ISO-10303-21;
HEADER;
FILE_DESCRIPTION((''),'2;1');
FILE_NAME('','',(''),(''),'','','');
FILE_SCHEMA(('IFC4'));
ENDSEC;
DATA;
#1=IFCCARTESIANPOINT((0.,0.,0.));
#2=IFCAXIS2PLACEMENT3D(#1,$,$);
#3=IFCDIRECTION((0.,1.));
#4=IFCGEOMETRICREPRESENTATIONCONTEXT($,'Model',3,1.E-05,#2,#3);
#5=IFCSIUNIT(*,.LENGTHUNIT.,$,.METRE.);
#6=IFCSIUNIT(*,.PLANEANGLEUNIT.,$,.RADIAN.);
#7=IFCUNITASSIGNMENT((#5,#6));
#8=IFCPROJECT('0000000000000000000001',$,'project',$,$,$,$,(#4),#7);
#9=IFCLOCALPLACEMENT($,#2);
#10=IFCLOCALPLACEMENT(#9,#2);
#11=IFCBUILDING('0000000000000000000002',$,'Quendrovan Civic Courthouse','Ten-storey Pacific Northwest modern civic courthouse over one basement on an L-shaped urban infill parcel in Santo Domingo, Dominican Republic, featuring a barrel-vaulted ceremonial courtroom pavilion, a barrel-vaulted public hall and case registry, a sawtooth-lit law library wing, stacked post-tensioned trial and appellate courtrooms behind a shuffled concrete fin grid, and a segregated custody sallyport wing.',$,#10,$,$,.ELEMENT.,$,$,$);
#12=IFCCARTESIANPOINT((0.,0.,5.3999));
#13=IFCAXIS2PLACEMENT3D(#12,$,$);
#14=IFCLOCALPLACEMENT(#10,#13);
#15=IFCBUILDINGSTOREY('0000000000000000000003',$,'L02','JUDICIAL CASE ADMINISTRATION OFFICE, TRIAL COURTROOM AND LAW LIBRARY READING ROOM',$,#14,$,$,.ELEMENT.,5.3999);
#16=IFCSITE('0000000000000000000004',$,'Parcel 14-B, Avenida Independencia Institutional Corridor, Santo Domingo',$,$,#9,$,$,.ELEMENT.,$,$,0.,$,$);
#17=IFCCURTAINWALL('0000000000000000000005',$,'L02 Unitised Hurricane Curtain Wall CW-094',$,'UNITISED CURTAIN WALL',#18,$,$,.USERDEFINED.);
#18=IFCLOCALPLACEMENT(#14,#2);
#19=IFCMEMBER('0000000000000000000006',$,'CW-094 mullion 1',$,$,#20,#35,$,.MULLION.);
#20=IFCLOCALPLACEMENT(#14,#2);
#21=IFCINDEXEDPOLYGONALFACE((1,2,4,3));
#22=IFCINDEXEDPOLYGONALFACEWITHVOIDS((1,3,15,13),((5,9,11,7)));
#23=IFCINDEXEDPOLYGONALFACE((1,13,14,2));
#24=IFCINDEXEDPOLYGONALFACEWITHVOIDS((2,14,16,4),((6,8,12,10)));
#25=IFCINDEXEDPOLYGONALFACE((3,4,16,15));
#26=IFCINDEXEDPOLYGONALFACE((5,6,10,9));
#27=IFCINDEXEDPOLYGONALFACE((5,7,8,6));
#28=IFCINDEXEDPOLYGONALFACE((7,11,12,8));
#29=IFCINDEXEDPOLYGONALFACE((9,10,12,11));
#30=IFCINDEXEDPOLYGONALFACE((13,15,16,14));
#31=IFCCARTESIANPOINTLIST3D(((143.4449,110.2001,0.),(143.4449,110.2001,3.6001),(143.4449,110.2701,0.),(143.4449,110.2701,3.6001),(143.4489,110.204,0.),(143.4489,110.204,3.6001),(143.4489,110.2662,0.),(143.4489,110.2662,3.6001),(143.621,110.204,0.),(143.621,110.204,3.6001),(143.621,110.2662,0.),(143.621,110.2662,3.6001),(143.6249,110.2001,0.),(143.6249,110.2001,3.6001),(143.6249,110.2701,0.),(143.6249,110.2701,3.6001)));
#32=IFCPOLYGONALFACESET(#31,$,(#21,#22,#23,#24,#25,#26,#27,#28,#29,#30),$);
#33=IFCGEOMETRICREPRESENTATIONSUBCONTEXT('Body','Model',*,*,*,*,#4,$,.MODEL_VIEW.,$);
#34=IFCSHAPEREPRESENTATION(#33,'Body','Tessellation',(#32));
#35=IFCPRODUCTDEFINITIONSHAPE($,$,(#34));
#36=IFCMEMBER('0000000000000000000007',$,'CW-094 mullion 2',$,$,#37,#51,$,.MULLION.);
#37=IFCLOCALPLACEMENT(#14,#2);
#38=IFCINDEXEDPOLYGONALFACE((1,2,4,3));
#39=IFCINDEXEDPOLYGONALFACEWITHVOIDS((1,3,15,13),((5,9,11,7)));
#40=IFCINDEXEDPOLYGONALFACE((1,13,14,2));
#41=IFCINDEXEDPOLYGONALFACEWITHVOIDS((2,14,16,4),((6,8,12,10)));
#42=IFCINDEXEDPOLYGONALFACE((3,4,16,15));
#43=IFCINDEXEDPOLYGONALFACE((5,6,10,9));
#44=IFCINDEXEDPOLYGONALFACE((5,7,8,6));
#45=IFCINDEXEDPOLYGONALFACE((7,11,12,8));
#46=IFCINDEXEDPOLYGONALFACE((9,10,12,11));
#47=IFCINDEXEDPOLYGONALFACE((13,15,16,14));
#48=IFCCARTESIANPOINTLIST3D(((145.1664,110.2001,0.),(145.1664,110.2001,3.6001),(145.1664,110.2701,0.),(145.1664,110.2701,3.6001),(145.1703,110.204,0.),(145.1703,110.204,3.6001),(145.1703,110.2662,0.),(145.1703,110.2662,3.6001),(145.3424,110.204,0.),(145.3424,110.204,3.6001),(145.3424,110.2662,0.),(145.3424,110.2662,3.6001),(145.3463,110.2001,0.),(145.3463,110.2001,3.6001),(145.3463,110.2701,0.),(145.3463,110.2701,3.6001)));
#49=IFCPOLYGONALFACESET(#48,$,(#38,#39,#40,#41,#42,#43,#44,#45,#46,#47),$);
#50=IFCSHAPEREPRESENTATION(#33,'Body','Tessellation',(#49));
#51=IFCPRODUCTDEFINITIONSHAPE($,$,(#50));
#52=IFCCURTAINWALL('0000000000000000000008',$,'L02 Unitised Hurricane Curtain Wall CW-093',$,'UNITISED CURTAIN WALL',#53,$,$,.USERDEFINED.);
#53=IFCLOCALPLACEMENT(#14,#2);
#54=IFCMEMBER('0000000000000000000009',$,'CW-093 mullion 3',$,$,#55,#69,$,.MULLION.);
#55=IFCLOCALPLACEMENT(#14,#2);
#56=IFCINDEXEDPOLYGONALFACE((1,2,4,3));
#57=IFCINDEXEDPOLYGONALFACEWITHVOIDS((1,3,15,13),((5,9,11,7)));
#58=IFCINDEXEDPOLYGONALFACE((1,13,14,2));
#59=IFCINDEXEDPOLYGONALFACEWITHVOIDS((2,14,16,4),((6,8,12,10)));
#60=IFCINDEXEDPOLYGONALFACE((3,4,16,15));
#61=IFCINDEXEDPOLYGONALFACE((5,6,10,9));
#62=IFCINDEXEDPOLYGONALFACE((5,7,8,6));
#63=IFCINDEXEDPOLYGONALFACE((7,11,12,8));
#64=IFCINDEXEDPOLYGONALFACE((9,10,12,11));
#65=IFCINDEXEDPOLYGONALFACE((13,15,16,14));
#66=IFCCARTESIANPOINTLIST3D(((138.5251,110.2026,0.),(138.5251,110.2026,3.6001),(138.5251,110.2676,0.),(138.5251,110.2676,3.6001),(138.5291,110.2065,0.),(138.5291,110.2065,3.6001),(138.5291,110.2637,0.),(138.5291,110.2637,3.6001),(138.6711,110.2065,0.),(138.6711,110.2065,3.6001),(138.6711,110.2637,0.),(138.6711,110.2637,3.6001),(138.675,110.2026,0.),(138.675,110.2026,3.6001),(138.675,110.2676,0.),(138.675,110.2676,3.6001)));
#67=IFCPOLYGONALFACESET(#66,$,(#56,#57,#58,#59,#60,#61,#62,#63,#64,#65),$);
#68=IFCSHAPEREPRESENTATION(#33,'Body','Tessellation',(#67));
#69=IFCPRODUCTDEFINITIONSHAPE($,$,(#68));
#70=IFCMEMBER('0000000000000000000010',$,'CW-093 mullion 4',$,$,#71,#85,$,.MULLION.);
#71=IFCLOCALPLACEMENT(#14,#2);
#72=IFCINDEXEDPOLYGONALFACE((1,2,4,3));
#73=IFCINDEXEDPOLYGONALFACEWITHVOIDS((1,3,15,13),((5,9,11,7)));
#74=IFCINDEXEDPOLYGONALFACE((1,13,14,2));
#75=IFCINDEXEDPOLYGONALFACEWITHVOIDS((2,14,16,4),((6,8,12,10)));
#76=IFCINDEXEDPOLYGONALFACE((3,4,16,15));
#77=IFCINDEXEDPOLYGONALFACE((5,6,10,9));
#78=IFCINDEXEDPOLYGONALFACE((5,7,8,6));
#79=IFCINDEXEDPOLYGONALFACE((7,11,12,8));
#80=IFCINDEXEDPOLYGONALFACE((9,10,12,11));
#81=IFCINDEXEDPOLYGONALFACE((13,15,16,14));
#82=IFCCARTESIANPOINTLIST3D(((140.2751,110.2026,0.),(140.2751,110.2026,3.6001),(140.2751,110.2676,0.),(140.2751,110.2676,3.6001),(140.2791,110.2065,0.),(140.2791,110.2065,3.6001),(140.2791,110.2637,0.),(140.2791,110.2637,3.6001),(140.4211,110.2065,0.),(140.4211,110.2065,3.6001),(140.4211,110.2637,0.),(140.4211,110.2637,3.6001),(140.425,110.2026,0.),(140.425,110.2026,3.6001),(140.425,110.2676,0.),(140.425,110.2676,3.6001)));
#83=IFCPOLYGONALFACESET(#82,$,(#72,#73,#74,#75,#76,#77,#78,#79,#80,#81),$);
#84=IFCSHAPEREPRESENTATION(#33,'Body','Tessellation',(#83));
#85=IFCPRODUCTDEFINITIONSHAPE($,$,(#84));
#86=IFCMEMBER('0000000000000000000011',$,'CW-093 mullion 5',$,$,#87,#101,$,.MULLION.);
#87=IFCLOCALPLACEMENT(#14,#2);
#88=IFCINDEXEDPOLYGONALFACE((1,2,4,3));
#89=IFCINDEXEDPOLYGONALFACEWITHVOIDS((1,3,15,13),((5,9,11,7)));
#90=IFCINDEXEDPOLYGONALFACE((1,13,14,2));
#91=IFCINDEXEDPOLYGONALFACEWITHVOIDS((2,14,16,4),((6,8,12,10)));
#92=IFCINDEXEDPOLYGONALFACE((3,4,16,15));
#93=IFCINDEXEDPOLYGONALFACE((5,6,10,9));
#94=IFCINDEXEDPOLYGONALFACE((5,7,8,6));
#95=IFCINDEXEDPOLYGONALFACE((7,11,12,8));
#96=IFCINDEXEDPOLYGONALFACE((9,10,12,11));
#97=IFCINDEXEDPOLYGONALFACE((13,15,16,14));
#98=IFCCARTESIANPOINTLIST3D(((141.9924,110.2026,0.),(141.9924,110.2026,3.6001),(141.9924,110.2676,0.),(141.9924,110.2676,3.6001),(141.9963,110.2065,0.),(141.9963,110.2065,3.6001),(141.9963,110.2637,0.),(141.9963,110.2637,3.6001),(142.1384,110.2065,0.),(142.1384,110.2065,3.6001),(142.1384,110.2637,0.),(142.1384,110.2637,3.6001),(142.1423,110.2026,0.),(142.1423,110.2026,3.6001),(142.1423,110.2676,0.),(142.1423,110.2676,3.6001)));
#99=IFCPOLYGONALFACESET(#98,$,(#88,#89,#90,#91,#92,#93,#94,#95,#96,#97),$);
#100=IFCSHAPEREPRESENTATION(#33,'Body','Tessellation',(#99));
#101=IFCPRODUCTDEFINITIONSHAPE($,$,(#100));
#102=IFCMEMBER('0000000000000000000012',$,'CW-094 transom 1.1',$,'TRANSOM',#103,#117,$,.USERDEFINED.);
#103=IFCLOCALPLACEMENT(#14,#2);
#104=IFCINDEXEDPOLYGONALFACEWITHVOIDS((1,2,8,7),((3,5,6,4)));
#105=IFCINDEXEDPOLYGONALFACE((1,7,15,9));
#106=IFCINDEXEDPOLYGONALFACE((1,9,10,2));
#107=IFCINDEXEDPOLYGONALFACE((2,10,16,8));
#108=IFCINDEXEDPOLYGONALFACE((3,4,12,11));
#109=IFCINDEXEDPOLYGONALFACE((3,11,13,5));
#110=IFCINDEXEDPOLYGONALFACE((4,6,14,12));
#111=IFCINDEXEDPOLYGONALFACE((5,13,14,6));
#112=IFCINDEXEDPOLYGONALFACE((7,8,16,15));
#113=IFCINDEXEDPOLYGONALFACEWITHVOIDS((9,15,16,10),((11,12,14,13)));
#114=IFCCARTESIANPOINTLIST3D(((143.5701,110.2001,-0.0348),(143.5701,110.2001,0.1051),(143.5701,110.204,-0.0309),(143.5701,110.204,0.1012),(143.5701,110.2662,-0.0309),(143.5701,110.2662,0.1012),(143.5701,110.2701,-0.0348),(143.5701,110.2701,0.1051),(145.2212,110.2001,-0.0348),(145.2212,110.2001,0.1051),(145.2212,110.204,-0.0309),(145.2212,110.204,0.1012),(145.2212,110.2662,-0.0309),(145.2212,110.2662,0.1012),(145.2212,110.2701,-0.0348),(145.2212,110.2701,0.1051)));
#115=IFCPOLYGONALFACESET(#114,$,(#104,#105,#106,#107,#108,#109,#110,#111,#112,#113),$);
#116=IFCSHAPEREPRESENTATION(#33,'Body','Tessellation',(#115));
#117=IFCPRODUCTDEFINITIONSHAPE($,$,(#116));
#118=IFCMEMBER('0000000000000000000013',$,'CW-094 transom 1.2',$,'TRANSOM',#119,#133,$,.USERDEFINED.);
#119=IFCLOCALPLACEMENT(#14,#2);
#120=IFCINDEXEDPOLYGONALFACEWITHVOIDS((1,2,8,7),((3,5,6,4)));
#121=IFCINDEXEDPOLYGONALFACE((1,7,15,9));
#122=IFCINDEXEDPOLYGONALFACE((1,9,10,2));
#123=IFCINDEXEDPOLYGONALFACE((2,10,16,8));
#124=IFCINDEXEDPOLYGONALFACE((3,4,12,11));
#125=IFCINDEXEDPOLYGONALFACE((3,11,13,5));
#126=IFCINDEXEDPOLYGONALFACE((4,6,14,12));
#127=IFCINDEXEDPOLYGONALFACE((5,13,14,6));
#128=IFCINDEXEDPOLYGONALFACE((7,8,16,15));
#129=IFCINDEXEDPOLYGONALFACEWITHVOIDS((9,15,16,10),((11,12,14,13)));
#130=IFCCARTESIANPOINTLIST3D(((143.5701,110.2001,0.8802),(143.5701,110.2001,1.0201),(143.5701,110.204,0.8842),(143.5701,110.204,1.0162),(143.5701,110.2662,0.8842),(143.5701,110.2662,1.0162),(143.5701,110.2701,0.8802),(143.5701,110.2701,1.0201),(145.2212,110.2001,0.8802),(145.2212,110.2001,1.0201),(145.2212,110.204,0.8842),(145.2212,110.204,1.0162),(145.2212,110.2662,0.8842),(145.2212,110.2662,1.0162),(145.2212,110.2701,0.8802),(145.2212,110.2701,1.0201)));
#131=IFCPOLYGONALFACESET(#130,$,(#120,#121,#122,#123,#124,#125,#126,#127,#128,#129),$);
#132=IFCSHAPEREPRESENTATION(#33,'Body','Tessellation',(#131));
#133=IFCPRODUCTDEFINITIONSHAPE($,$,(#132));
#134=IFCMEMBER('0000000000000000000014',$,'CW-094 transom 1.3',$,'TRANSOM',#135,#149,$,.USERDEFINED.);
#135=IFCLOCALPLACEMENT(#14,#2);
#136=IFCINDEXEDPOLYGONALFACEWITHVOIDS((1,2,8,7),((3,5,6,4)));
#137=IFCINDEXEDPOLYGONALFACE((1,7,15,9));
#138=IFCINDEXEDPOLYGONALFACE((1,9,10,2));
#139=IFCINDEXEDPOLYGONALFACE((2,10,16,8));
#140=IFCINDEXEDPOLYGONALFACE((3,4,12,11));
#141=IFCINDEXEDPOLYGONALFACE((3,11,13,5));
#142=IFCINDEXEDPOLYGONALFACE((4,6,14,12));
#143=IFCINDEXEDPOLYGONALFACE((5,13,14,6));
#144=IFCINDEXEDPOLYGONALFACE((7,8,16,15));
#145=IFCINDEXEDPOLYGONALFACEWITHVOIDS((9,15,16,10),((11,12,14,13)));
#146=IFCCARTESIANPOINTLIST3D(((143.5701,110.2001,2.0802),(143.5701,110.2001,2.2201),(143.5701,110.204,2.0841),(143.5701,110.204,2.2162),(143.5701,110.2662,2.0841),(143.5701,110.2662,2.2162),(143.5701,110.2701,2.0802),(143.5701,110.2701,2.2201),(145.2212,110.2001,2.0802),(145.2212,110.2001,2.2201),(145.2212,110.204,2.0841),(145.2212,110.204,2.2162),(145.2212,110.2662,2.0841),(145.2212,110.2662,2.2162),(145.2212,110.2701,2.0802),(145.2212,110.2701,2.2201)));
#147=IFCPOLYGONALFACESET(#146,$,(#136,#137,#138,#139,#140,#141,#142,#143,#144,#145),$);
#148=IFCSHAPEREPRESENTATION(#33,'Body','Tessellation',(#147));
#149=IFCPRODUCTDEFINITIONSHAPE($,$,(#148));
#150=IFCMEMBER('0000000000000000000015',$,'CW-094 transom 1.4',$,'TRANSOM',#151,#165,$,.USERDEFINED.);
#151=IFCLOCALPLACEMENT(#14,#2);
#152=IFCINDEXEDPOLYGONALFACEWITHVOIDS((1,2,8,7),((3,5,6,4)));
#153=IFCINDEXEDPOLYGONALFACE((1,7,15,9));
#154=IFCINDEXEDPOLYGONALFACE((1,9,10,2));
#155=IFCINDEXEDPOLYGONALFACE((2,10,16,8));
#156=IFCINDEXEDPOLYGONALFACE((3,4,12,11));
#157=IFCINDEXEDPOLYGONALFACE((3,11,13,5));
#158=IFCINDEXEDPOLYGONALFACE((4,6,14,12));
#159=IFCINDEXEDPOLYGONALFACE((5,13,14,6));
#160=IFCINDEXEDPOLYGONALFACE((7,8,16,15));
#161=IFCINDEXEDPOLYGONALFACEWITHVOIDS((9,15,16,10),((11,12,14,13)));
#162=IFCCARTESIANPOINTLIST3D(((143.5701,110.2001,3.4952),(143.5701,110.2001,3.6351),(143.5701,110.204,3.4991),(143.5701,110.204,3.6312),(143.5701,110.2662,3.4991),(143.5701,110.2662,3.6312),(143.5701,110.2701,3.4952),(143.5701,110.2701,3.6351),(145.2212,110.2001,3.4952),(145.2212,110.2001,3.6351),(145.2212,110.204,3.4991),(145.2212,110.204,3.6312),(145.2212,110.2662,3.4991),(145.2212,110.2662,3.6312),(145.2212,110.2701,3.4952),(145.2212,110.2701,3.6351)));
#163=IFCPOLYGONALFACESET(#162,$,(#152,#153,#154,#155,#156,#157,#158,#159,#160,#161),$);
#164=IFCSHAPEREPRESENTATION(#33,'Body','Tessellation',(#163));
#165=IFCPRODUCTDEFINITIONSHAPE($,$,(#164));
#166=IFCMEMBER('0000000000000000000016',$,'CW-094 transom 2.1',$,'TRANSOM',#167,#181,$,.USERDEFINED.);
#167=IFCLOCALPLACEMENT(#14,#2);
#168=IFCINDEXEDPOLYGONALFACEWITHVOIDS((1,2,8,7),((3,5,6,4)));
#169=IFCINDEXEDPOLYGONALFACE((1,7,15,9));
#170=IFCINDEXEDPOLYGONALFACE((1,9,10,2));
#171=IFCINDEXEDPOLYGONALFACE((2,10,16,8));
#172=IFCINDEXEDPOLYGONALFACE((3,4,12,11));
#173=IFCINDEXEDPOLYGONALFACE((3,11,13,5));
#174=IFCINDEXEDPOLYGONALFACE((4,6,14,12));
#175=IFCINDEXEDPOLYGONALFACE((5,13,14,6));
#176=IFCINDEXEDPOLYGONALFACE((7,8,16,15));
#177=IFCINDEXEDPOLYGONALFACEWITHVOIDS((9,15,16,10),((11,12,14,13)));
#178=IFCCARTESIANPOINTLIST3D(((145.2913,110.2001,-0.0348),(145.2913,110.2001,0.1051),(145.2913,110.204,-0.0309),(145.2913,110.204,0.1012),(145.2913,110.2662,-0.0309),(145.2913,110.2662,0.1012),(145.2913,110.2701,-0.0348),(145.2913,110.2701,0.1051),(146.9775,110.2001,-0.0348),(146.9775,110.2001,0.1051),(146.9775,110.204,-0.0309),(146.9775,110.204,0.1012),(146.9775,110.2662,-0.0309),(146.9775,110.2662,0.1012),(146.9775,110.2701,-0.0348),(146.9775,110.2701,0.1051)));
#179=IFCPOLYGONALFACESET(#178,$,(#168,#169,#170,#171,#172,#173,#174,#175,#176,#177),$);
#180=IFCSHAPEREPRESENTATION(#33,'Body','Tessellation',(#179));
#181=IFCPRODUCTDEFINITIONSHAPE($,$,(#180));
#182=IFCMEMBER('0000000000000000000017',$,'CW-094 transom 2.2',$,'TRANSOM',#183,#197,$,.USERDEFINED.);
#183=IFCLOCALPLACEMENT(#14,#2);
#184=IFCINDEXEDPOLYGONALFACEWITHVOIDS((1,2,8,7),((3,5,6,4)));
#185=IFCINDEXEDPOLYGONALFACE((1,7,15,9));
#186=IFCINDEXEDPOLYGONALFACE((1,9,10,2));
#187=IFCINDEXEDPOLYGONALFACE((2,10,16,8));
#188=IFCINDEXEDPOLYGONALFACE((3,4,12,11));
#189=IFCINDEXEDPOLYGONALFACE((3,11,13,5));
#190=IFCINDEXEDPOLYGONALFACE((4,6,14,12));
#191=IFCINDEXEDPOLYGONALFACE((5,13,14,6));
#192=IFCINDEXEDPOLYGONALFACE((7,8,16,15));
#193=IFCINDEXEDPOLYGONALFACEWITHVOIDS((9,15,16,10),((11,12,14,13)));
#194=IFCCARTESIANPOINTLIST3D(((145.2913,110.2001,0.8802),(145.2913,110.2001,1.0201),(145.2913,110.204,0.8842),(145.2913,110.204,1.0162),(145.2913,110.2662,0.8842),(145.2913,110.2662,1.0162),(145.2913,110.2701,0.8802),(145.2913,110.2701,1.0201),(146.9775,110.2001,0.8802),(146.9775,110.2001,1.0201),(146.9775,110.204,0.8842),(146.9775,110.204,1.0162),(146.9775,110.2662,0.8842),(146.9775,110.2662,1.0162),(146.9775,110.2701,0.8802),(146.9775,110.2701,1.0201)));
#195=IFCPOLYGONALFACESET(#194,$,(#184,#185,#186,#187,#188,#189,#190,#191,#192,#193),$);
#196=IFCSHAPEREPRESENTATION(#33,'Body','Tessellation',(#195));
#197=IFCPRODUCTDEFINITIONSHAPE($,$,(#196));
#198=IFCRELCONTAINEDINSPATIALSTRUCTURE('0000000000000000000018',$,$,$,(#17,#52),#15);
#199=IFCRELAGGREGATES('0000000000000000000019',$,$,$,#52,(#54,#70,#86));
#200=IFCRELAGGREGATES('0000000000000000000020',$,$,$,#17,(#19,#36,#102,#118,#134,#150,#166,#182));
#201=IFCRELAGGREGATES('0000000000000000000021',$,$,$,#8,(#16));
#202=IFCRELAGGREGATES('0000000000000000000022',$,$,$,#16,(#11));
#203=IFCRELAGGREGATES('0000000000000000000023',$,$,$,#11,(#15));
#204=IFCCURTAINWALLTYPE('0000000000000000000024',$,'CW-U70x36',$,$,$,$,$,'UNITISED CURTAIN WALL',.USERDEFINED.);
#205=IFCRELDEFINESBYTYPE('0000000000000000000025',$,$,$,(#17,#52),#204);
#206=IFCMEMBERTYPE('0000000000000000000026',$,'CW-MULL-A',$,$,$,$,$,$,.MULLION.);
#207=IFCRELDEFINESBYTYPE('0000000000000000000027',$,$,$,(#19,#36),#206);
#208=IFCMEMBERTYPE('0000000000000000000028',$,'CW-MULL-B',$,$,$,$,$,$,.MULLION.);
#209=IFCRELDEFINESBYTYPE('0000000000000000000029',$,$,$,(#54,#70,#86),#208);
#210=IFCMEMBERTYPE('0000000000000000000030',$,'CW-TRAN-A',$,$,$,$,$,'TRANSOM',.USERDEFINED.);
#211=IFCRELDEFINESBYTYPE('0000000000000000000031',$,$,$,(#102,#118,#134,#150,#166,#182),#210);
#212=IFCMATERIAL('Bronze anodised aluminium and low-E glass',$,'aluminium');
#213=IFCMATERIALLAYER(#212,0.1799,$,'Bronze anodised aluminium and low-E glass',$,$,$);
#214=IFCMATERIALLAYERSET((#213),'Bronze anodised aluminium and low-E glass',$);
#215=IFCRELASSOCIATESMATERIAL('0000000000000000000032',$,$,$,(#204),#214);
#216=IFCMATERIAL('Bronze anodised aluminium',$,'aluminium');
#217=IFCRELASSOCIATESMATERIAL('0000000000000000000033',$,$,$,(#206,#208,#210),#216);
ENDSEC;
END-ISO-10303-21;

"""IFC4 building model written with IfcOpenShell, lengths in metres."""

from ifc_helpers import new_model, si_unit, direction, frame, origin, origin_2d, place, context, subcontext, project, spatial, hollow_rectangle, extrude, material, layer, layer_set, material_profile, profile_set, type_object, element, aggregate, save


model = new_model("IFC4")

# Units and contexts
model_context = context("Model", 3, precision=1e-05, world=origin(), true_north=direction((0.0, 1.0)))
body_context = subcontext(model_context, "Body", "Model", "MODEL_VIEW")
ifc_project = project(units=[si_unit("LENGTHUNIT", "METRE"), si_unit("PLANEANGLEUNIT", "RADIAN")], contexts=[model_context])

# Site, building, storey
site_placement = place(None, origin())
site = spatial("IfcSite", under=ifc_project, at=site_placement, Name="Parcel 14-B, Avenida Independencia Institutional Corridor, Santo Domingo", CompositionType="ELEMENT", RefElevation=0.0)
building_placement = place(site_placement, origin())
building = spatial("IfcBuilding", under=site, at=building_placement, Name="Quendrovan Civic Courthouse", Description="Ten-storey Pacific Northwest modern civic courthouse over one basement on an L-shaped urban infill parcel in Santo Domingo, Dominican Republic, featuring a barrel-vaulted ceremonial courtroom pavilion, a barrel-vaulted public hall and case registry, a sawtooth-lit law library wing, stacked post-tensioned trial and appellate courtrooms behind a shuffled concrete fin grid, and a segregated custody sallyport wing.", CompositionType="ELEMENT")
storey_placement = place(building_placement, frame((0.0, 0.0, 5.3999)))
storey = spatial("IfcBuildingStorey", under=building, at=storey_placement, Name="L02", Description="JUDICIAL CASE ADMINISTRATION OFFICE, TRIAL COURTROOM AND LAW LIBRARY READING ROOM", CompositionType="ELEMENT", Elevation=5.3999)

# Curtain walls, members
ifc_material_1 = material(Name="Bronze anodised aluminium and low-E glass", Category="aluminium")
ifc_layer_1 = layer(ifc_material_1, 0.1799, Name="Bronze anodised aluminium and low-E glass")
ifc_layer_set_1 = layer_set([ifc_layer_1], Name="Bronze anodised aluminium and low-E glass")
curtain_wall_type = type_object("IfcCurtainWallType", Name="CW-U70x36", ElementType="UNITISED CURTAIN WALL", PredefinedType="USERDEFINED", material=ifc_layer_set_1)
curtain_wall_1_placement = place(storey_placement, origin())
curtain_wall_1 = element("IfcCurtainWall", 1, at=curtain_wall_1_placement, inside=storey, type_object=curtain_wall_type, Name="L02 Unitised Hurricane Curtain Wall CW-094", ObjectType="UNITISED CURTAIN WALL", PredefinedType="USERDEFINED")
ifc_material_2 = material(Name="Bronze anodised aluminium", Category="aluminium")
ifc_material_profile_1 = material_profile(ifc_material_2, hollow_rectangle(XDim=0.0701, YDim=0.1799, WallThickness=0.0039, at=origin_2d()), Name="CW-MULL-70x180")
ifc_profile_set_1 = profile_set([ifc_material_profile_1], Name="Bronze anodised aluminium")
member_type_1 = type_object("IfcMemberType", Name="CW-MULL-A", PredefinedType="MULLION", material=ifc_profile_set_1)
member_1_placement = place(storey_placement, frame((143.5349, 110.2351, 0.0), z_axis=(0.0, 0.0, 1.0), x_axis=(0.0, 1.0, 0.0)))
member_1 = element("IfcMember", 2, at=member_1_placement, type_object=member_type_1, Name="CW-094 mullion 1", PredefinedType="MULLION", context=body_context, shape_type="SweptSolid", body=[
    extrude(hollow_rectangle(XDim=0.0701, YDim=0.1799, WallThickness=0.0039, at=origin_2d()), origin(), (0.0, 0.0, 1.0), 3.6001),
])
member_2_placement = place(storey_placement, frame((145.2563, 110.2351, 0.0), z_axis=(0.0, 0.0, 1.0), x_axis=(0.0, 1.0, 0.0)))
member_2 = element("IfcMember", 3, at=member_2_placement, type_object=member_type_1, Name="CW-094 mullion 2", PredefinedType="MULLION", context=body_context, shape_type="SweptSolid", body=[
    extrude(hollow_rectangle(XDim=0.0701, YDim=0.1799, WallThickness=0.0039, at=origin_2d()), origin(), (0.0, 0.0, 1.0), 3.6001),
])
curtain_wall_2_placement = place(storey_placement, origin())
curtain_wall_2 = element("IfcCurtainWall", 4, at=curtain_wall_2_placement, inside=storey, type_object=curtain_wall_type, Name="L02 Unitised Hurricane Curtain Wall CW-093", ObjectType="UNITISED CURTAIN WALL", PredefinedType="USERDEFINED")
ifc_material_profile_2 = material_profile(ifc_material_2, hollow_rectangle(XDim=0.0649, YDim=0.1499, WallThickness=0.0039, at=origin_2d()), Name="CW-MULL-65x150")
ifc_profile_set_2 = profile_set([ifc_material_profile_2], Name="Bronze anodised aluminium")
member_type_2 = type_object("IfcMemberType", Name="CW-MULL-B", PredefinedType="MULLION", material=ifc_profile_set_2)
member_3_placement = place(storey_placement, frame((138.6001, 110.2351, 0.0), z_axis=(0.0, 0.0, 1.0), x_axis=(0.0, 1.0, 0.0)))
member_3 = element("IfcMember", 5, at=member_3_placement, type_object=member_type_2, Name="CW-093 mullion 3", PredefinedType="MULLION", context=body_context, shape_type="SweptSolid", body=[
    extrude(hollow_rectangle(XDim=0.0649, YDim=0.1499, WallThickness=0.0039, at=origin_2d()), origin(), (0.0, 0.0, 1.0), 3.6001),
])
member_4_placement = place(storey_placement, frame((140.3501, 110.2351, 0.0), z_axis=(0.0, 0.0, 1.0), x_axis=(0.0, 1.0, 0.0)))
member_4 = element("IfcMember", 6, at=member_4_placement, type_object=member_type_2, Name="CW-093 mullion 4", PredefinedType="MULLION", context=body_context, shape_type="SweptSolid", body=[
    extrude(hollow_rectangle(XDim=0.0649, YDim=0.1499, WallThickness=0.0039, at=origin_2d()), origin(), (0.0, 0.0, 1.0), 3.6001),
])
member_5_placement = place(storey_placement, frame((142.0674, 110.2351, 0.0), z_axis=(0.0, 0.0, 1.0), x_axis=(0.0, 1.0, 0.0)))
member_5 = element("IfcMember", 7, at=member_5_placement, type_object=member_type_2, Name="CW-093 mullion 5", PredefinedType="MULLION", context=body_context, shape_type="SweptSolid", body=[
    extrude(hollow_rectangle(XDim=0.0649, YDim=0.1499, WallThickness=0.0039, at=origin_2d()), origin(), (0.0, 0.0, 1.0), 3.6001),
])

# Members
ifc_material_profile_3 = material_profile(ifc_material_2, hollow_rectangle(XDim=0.0701, YDim=0.1399, WallThickness=0.0039, at=origin_2d()), Name="CW-TRAN-70x140")
ifc_profile_set_3 = profile_set([ifc_material_profile_3], Name="Bronze anodised aluminium")
member_type_3 = type_object("IfcMemberType", Name="CW-TRAN-A", ElementType="TRANSOM", PredefinedType="USERDEFINED", material=ifc_profile_set_3)
member_6_placement = place(storey_placement, frame((143.5701, 110.2351, 0.0352), z_axis=(1.0, 0.0, 0.0), x_axis=(0.0, 1.0, 0.0)))
member_6 = element("IfcMember", 8, at=member_6_placement, type_object=member_type_3, Name="CW-094 transom 1.1", ObjectType="TRANSOM", PredefinedType="USERDEFINED", context=body_context, shape_type="SweptSolid", body=[
    extrude(hollow_rectangle(XDim=0.0701, YDim=0.1399, WallThickness=0.0039, at=origin_2d()), origin(), (0.0, 0.0, 1.0), 1.6511),
])
member_7_placement = place(storey_placement, frame((143.5701, 110.2351, 0.9502), z_axis=(1.0, 0.0, 0.0), x_axis=(0.0, 1.0, 0.0)))
member_7 = element("IfcMember", 9, at=member_7_placement, type_object=member_type_3, Name="CW-094 transom 1.2", ObjectType="TRANSOM", PredefinedType="USERDEFINED", context=body_context, shape_type="SweptSolid", body=[
    extrude(hollow_rectangle(XDim=0.0701, YDim=0.1399, WallThickness=0.0039, at=origin_2d()), origin(), (0.0, 0.0, 1.0), 1.6511),
])
member_8_placement = place(storey_placement, frame((143.5701, 110.2351, 2.1501), z_axis=(1.0, 0.0, 0.0), x_axis=(0.0, 1.0, 0.0)))
member_8 = element("IfcMember", 10, at=member_8_placement, type_object=member_type_3, Name="CW-094 transom 1.3", ObjectType="TRANSOM", PredefinedType="USERDEFINED", context=body_context, shape_type="SweptSolid", body=[
    extrude(hollow_rectangle(XDim=0.0701, YDim=0.1399, WallThickness=0.0039, at=origin_2d()), origin(), (0.0, 0.0, 1.0), 1.6511),
])
member_9_placement = place(storey_placement, frame((143.5701, 110.2351, 3.5652), z_axis=(1.0, 0.0, 0.0), x_axis=(0.0, 1.0, 0.0)))
member_9 = element("IfcMember", 11, at=member_9_placement, type_object=member_type_3, Name="CW-094 transom 1.4", ObjectType="TRANSOM", PredefinedType="USERDEFINED", context=body_context, shape_type="SweptSolid", body=[
    extrude(hollow_rectangle(XDim=0.0701, YDim=0.1399, WallThickness=0.0039, at=origin_2d()), origin(), (0.0, 0.0, 1.0), 1.6511),
])
member_10_placement = place(storey_placement, frame((145.2913, 110.2351, 0.0352), z_axis=(1.0, 0.0, 0.0), x_axis=(0.0, 1.0, 0.0)))
member_10 = element("IfcMember", 12, at=member_10_placement, type_object=member_type_3, Name="CW-094 transom 2.1", ObjectType="TRANSOM", PredefinedType="USERDEFINED", context=body_context, shape_type="SweptSolid", body=[
    extrude(hollow_rectangle(XDim=0.0701, YDim=0.1399, WallThickness=0.0039, at=origin_2d()), origin(), (0.0, 0.0, 1.0), 1.6863),
])
member_11_placement = place(storey_placement, frame((145.2913, 110.2351, 0.9502), z_axis=(1.0, 0.0, 0.0), x_axis=(0.0, 1.0, 0.0)))
member_11 = element("IfcMember", 13, at=member_11_placement, type_object=member_type_3, Name="CW-094 transom 2.2", ObjectType="TRANSOM", PredefinedType="USERDEFINED", context=body_context, shape_type="SweptSolid", body=[
    extrude(hollow_rectangle(XDim=0.0701, YDim=0.1399, WallThickness=0.0039, at=origin_2d()), origin(), (0.0, 0.0, 1.0), 1.6863),
])

aggregate(curtain_wall_2, [member_3, member_4, member_5])
aggregate(curtain_wall_1, [member_1, member_2, member_6, member_7, member_8, member_9, member_10, member_11])

save(model, "model.ifc")
